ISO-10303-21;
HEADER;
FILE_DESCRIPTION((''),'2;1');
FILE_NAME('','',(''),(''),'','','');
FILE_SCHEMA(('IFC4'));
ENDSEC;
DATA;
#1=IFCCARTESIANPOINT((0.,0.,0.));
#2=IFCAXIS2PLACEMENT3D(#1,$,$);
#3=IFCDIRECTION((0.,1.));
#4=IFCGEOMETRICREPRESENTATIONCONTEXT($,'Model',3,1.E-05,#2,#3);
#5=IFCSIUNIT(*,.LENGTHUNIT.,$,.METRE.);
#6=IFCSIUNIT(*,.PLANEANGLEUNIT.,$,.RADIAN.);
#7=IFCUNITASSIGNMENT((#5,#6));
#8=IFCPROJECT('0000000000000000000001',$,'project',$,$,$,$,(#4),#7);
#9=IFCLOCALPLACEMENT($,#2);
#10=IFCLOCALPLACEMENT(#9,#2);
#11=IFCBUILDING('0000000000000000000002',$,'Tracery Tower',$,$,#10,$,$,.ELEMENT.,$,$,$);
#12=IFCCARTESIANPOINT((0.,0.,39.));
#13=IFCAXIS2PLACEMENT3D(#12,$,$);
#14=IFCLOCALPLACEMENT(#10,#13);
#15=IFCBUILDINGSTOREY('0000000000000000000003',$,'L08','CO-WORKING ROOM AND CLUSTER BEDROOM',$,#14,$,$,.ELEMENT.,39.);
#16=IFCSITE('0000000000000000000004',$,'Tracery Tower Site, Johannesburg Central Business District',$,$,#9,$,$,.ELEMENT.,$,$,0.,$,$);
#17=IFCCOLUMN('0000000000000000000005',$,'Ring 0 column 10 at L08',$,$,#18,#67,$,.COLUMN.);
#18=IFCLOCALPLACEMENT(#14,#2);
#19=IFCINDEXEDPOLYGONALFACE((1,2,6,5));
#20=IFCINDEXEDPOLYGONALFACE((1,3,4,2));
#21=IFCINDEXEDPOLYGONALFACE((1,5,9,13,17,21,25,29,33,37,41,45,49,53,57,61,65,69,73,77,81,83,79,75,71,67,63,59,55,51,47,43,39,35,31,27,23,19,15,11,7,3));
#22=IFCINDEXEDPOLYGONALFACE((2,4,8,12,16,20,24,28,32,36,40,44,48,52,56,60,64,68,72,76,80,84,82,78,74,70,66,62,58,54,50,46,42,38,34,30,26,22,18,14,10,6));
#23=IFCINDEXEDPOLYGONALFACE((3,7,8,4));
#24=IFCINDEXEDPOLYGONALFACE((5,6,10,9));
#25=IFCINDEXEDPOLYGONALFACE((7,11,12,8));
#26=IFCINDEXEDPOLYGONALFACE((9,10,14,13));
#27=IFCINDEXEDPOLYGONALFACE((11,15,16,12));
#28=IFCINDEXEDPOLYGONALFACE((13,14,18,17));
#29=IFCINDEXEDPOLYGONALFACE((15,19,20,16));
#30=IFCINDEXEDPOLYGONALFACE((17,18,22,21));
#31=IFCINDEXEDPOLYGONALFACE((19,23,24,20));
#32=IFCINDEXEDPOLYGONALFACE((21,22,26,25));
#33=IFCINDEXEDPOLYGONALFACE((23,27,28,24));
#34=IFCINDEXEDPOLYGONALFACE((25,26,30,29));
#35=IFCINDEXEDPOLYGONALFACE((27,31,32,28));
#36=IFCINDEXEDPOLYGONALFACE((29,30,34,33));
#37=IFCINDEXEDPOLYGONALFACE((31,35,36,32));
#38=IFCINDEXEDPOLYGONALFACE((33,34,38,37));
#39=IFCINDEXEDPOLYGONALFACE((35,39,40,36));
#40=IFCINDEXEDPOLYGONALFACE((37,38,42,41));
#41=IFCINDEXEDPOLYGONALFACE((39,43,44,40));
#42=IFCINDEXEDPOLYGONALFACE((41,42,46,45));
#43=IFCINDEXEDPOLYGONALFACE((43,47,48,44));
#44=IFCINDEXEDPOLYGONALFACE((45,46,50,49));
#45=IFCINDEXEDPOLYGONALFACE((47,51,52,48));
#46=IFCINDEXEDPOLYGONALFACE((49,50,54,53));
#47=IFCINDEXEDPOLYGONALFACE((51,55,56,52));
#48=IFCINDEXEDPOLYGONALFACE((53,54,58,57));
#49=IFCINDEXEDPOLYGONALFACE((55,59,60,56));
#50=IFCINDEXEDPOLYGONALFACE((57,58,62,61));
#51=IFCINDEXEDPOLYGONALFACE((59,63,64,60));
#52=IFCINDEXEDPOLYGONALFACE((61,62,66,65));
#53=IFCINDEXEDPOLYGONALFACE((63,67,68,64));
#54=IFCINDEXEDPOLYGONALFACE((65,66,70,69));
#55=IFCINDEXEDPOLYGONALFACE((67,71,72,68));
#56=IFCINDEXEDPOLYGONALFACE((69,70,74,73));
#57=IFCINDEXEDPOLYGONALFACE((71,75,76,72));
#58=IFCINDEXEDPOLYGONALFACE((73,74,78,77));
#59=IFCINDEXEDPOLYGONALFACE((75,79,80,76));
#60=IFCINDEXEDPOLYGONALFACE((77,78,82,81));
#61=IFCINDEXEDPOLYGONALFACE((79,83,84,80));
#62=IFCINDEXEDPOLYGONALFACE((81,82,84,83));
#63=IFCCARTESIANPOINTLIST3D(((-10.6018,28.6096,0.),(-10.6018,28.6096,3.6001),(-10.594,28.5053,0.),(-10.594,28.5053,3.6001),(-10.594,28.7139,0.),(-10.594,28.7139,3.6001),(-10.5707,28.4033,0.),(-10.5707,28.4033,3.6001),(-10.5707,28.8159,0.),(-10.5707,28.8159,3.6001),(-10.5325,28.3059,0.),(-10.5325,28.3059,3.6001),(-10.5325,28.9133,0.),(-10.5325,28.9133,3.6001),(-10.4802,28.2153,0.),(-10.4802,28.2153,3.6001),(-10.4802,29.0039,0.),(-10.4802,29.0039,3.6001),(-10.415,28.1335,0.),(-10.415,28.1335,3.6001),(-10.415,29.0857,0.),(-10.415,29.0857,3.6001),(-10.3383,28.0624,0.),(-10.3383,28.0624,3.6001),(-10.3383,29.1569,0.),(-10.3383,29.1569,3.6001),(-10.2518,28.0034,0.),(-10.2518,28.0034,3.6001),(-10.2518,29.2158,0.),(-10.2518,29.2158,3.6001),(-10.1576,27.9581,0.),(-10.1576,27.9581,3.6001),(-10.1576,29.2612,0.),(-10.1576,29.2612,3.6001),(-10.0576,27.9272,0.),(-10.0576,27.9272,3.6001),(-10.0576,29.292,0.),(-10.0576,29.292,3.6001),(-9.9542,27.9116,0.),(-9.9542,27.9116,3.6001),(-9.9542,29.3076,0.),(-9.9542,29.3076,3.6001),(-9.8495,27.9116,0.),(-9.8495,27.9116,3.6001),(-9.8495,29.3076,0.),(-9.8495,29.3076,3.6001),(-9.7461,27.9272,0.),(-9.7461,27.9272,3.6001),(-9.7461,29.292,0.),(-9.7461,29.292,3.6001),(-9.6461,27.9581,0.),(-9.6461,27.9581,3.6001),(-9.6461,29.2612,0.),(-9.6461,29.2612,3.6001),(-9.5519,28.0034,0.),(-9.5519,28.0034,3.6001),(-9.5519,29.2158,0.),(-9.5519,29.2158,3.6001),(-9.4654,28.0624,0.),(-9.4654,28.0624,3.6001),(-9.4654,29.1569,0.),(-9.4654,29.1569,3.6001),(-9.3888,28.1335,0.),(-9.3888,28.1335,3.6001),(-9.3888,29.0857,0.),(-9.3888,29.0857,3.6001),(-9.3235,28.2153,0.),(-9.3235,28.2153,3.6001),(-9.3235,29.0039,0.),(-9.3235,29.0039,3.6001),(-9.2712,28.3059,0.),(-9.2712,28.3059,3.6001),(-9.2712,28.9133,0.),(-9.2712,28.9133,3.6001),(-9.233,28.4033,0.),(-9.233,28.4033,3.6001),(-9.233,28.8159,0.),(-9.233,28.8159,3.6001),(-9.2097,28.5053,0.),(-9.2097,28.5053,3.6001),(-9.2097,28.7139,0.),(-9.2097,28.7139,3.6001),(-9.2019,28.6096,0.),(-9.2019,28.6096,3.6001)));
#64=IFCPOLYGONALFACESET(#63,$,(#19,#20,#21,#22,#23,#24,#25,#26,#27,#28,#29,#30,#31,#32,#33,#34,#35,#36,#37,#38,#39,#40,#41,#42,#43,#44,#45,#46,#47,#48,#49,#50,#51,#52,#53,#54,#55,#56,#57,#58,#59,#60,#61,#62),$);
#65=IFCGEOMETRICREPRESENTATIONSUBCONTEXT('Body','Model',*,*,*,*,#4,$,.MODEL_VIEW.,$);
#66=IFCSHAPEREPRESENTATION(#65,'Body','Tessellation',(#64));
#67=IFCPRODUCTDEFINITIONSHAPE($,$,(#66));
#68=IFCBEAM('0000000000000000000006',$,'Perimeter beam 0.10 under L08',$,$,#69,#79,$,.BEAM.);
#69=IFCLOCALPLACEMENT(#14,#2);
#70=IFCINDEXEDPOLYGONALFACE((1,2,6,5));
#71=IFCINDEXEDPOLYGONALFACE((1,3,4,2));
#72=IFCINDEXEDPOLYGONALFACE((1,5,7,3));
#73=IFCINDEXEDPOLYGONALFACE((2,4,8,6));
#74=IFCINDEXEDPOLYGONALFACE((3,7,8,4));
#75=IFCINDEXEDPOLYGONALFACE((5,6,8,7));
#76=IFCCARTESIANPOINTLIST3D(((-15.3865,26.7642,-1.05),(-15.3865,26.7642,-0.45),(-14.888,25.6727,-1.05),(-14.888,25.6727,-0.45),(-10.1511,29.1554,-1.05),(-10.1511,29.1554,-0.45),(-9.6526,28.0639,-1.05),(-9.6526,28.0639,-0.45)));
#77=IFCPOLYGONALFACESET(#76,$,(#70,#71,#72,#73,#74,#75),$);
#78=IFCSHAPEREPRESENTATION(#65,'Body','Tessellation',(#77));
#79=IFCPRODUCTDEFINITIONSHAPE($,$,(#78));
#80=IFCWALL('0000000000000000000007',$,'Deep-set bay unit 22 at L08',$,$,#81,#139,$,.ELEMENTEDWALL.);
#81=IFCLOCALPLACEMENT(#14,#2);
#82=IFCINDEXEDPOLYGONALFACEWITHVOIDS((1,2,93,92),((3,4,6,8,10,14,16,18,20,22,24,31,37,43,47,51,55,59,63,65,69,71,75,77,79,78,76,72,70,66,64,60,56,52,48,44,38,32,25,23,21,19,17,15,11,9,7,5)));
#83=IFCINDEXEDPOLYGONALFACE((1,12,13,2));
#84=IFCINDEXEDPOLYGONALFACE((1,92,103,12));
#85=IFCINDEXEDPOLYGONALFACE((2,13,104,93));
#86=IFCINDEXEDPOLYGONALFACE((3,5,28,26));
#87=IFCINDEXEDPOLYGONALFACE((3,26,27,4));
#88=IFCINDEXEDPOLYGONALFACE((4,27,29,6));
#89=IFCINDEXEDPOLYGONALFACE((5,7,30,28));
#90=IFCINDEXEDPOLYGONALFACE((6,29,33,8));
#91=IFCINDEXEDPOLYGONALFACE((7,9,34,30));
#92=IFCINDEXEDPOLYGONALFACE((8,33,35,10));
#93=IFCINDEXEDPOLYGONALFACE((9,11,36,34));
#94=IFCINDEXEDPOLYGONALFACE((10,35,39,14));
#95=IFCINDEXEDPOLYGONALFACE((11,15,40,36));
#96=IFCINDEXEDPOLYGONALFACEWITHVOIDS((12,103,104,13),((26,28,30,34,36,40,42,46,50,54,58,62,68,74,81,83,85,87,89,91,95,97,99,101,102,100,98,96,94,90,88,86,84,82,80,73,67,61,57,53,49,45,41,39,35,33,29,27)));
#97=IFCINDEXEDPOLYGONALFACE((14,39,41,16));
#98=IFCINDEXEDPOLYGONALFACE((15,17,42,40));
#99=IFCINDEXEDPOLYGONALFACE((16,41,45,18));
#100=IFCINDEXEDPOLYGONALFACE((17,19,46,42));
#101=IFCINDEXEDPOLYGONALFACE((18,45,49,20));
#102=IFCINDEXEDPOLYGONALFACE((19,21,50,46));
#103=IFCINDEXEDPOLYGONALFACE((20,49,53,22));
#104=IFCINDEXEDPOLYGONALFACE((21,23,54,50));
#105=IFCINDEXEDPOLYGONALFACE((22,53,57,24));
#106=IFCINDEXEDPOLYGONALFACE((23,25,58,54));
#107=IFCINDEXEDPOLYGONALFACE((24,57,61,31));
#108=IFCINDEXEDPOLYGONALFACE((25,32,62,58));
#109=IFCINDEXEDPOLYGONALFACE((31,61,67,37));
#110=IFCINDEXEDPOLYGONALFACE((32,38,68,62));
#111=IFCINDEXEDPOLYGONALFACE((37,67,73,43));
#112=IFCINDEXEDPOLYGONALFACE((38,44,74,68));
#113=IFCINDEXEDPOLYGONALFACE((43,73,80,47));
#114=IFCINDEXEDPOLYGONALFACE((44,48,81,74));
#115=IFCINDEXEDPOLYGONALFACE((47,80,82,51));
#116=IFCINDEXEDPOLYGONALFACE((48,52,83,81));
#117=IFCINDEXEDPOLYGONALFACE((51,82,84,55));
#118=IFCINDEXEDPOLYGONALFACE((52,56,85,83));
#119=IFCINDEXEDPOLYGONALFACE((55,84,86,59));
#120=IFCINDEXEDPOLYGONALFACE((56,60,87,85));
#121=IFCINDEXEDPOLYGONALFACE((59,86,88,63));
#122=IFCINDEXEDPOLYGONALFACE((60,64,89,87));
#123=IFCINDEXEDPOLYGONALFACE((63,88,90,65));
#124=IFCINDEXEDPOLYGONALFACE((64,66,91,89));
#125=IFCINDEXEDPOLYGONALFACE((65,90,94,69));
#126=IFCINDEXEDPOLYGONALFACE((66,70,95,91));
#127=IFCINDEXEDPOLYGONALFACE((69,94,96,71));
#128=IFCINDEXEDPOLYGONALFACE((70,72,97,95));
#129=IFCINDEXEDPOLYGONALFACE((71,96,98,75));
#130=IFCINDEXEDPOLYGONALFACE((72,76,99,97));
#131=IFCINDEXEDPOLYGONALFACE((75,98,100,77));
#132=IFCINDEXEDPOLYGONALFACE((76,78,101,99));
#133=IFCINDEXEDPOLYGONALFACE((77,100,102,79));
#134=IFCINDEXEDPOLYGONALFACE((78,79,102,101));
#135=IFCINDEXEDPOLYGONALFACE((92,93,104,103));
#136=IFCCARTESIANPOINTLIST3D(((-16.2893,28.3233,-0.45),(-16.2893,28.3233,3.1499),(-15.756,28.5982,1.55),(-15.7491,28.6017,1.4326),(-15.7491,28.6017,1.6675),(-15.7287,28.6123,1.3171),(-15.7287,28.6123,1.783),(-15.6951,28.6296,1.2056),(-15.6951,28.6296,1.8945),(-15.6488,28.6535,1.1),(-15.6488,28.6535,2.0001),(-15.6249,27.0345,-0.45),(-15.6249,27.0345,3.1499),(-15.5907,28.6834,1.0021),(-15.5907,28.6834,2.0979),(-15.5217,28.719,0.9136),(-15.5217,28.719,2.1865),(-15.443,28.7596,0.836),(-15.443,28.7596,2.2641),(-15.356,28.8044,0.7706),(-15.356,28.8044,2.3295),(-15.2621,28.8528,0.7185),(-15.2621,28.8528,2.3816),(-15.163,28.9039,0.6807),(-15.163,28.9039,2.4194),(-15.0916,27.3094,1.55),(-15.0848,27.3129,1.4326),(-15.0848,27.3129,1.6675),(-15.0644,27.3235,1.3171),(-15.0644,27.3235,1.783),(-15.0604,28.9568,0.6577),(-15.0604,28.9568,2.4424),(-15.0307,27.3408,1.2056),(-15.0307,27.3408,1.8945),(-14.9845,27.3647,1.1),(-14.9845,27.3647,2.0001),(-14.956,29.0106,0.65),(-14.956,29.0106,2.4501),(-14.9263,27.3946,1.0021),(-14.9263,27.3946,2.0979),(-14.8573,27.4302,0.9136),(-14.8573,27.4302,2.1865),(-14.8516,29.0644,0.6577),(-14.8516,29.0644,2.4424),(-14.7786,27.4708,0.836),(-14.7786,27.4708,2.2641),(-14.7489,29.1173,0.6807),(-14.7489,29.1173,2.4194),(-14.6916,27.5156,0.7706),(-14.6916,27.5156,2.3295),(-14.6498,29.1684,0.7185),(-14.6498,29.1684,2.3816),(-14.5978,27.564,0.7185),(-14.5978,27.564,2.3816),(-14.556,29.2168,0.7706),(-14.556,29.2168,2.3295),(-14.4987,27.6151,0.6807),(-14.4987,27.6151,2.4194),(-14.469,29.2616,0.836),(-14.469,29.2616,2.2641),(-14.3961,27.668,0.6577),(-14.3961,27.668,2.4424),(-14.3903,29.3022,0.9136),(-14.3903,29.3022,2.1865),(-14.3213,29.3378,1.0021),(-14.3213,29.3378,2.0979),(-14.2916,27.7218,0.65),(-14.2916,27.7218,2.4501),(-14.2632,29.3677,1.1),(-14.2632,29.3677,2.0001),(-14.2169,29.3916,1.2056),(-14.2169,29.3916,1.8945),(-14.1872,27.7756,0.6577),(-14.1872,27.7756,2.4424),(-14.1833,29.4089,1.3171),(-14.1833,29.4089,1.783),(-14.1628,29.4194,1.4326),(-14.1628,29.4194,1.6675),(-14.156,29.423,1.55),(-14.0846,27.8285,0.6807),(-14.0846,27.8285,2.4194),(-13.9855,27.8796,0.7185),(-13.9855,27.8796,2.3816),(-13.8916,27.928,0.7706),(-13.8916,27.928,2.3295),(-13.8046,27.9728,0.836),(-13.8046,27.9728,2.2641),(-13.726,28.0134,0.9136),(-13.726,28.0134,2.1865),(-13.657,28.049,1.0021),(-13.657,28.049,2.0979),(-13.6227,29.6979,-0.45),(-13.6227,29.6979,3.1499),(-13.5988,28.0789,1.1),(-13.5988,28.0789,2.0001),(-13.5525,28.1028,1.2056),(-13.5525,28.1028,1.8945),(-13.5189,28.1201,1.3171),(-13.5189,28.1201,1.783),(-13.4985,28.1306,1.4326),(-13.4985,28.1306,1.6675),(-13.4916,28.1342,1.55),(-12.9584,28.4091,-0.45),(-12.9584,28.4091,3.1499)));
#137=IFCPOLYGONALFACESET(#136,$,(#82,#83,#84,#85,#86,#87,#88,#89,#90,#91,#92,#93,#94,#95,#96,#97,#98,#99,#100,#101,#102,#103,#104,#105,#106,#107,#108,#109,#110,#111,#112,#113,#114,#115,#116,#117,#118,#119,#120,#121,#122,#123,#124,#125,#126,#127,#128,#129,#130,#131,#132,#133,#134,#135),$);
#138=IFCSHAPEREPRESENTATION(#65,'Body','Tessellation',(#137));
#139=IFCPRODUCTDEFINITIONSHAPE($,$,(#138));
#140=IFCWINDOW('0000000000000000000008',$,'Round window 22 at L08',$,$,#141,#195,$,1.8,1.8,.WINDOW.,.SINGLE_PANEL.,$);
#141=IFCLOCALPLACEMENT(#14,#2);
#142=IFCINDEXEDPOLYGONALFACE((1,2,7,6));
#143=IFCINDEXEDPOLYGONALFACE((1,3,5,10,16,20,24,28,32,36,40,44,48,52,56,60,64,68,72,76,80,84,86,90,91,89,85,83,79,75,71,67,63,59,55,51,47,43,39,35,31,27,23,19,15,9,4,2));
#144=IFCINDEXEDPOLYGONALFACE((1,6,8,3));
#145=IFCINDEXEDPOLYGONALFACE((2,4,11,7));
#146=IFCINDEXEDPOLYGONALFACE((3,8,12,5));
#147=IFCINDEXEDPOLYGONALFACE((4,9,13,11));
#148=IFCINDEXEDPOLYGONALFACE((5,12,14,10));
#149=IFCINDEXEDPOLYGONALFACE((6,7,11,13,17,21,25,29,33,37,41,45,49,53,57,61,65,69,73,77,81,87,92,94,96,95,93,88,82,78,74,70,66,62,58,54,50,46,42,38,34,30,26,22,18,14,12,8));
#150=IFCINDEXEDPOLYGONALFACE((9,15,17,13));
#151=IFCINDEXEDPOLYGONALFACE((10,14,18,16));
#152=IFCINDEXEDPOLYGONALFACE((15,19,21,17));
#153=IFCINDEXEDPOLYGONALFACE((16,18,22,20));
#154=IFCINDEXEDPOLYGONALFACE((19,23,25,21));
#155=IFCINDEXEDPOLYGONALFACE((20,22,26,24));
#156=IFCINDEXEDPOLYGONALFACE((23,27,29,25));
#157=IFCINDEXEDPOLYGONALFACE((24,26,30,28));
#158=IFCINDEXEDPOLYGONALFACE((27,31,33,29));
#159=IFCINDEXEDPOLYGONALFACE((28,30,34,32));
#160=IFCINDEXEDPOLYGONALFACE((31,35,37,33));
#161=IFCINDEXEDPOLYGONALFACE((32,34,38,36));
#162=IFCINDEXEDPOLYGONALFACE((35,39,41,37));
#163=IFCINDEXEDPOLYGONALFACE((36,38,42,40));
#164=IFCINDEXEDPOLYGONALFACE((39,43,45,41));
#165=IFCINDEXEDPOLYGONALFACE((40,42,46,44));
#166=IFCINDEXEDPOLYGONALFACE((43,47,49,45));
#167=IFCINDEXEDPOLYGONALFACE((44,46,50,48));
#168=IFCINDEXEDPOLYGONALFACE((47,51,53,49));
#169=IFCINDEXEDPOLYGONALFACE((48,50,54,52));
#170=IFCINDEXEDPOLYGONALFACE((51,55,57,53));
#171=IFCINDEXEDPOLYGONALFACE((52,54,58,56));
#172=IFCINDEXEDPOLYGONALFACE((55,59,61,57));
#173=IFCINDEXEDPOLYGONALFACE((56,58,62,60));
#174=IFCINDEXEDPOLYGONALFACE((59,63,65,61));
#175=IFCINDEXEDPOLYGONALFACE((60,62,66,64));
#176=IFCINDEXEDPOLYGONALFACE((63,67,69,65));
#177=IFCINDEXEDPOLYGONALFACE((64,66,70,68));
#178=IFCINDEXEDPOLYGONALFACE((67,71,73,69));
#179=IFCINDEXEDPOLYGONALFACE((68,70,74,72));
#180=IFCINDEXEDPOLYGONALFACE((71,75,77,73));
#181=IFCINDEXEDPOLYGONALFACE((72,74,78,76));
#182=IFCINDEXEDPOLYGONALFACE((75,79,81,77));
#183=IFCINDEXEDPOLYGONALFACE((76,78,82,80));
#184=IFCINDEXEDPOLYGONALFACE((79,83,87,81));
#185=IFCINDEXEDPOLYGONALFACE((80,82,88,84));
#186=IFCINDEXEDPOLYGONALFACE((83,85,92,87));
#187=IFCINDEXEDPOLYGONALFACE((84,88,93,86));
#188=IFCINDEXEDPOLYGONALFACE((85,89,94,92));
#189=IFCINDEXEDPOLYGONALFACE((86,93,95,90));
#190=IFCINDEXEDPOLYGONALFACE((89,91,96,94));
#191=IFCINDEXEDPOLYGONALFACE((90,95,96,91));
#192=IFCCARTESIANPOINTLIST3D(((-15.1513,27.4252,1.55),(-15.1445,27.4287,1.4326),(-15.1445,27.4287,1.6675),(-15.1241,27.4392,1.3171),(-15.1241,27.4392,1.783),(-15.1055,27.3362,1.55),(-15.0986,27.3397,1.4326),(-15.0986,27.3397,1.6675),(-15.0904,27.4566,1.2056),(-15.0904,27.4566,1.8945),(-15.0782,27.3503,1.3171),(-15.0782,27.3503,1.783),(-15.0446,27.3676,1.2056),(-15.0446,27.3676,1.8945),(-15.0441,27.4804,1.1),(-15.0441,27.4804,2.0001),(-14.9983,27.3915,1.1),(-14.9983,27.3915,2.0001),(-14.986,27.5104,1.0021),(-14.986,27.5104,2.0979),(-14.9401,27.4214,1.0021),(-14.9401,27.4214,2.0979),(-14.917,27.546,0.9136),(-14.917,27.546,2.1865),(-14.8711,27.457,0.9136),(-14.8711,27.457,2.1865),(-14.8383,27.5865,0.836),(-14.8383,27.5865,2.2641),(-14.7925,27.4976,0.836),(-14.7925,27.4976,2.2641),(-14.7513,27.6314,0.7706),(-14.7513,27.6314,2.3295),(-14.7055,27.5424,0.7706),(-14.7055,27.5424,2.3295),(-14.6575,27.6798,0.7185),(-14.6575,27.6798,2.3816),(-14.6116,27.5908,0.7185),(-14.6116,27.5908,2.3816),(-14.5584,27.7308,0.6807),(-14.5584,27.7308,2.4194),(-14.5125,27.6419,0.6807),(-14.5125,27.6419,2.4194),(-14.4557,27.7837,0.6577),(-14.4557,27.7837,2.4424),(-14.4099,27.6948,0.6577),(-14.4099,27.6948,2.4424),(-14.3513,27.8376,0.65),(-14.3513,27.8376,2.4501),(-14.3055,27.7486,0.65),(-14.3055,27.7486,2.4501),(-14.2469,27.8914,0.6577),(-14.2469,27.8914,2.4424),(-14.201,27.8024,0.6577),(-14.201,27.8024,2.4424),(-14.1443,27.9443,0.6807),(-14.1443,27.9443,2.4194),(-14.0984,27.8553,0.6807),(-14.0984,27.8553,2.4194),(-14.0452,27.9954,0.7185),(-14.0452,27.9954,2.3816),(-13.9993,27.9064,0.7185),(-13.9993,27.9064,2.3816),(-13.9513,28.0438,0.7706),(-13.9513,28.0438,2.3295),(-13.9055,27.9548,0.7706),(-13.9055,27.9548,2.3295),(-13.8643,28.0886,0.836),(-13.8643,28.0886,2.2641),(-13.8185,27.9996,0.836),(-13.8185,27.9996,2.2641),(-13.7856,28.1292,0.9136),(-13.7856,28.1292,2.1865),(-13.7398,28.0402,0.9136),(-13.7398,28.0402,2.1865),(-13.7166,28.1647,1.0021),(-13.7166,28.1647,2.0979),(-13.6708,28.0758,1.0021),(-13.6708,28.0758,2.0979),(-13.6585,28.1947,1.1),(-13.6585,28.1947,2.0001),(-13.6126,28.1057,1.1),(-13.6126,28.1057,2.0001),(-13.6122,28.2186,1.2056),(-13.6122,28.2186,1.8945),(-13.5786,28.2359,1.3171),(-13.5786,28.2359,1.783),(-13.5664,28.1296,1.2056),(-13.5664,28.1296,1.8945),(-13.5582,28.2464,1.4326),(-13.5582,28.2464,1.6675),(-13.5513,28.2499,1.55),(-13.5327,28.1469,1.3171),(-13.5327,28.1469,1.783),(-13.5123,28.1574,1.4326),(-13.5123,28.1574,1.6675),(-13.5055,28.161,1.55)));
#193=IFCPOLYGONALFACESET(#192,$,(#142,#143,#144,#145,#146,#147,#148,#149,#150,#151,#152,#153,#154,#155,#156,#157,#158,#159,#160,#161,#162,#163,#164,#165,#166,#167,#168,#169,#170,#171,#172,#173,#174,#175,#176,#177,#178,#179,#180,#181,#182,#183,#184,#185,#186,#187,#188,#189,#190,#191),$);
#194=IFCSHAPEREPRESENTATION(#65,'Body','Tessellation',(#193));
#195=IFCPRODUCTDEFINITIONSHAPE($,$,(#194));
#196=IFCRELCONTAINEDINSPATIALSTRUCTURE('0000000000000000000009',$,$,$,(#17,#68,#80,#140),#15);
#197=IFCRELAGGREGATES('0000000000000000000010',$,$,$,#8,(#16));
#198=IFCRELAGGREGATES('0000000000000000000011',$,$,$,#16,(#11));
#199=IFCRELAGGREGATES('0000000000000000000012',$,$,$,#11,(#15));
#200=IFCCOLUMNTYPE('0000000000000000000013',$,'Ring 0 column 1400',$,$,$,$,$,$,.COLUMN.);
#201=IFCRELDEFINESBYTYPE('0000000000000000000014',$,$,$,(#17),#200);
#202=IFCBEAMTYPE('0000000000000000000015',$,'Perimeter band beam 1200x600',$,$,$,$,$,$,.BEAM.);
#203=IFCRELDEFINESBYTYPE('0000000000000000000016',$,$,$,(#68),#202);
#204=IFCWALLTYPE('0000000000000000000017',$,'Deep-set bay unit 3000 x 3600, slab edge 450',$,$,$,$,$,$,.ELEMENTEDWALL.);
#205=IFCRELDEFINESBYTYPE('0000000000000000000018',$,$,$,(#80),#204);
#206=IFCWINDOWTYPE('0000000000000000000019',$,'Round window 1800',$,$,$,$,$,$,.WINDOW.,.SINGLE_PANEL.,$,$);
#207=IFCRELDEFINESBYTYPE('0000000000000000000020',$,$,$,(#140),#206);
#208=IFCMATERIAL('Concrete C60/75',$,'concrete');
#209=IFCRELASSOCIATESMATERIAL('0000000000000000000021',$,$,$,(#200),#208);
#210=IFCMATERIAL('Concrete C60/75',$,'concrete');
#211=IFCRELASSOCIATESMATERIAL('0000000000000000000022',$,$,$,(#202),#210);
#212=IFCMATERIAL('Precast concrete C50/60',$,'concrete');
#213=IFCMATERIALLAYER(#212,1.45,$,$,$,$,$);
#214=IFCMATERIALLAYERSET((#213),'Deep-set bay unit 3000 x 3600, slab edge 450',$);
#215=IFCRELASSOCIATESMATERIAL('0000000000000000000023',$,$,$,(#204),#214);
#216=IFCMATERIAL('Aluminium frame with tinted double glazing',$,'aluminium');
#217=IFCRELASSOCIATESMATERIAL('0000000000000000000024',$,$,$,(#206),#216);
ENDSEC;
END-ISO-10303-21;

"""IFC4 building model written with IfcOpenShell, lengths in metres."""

from ifc_helpers import new_model, si_unit, direction, frame, frame_2d, origin, origin_2d, place, context, subcontext, project, spatial, rectangle, circle, extrude, material, layer, layer_set, material_profile, profile_set, type_object, element, fill, save


model = new_model("IFC4")

# Units and contexts
model_context = context("Model", 3, precision=1e-05, world=origin(), true_north=direction((0.0, 1.0)))
body_context = subcontext(model_context, "Body", "Model", "MODEL_VIEW")
ifc_project = project(units=[si_unit("LENGTHUNIT", "METRE"), si_unit("PLANEANGLEUNIT", "RADIAN")], contexts=[model_context])

# Site, building, storey
site_placement = place(None, origin())
site = spatial("IfcSite", under=ifc_project, at=site_placement, Name="Tracery Tower Site, Johannesburg Central Business District", CompositionType="ELEMENT", RefElevation=0.0)
building_placement = place(site_placement, origin())
building = spatial("IfcBuilding", under=site, at=building_placement, Name="Tracery Tower", CompositionType="ELEMENT")
storey_placement = place(building_placement, frame((0.0, 0.0, 39.0)))
storey = spatial("IfcBuildingStorey", under=building, at=storey_placement, Name="L08", Description="CO-WORKING ROOM AND CLUSTER BEDROOM", CompositionType="ELEMENT", Elevation=39.0)

# Column
ifc_material_1 = material(Name="Concrete C60/75", Category="concrete")
ifc_material_profile_1 = material_profile(ifc_material_1, circle(Radius=0.7, at=origin_2d()), Name="RC D1400")
ifc_profile_set_1 = profile_set([ifc_material_profile_1], Name="Concrete C60/75")
column_type = type_object("IfcColumnType", Name="Ring 0 column 1400", PredefinedType="COLUMN", material=ifc_profile_set_1)
column_placement = place(storey_placement, frame((-9.9019, 28.6096, 0.0), z_axis=(0.0, 0.0, 1.0), x_axis=(1.0, 0.0, 0.0)))
element("IfcColumn", 1, at=column_placement, inside=storey, type_object=column_type, Name="Ring 0 column 10 at L08", PredefinedType="COLUMN", context=body_context, shape_type="SweptSolid", body=[
    extrude(circle(Radius=0.7, at=origin_2d()), origin(), (0.0, 0.0, 1.0), 3.6001),
])

# Beam
ifc_material_2 = material(Name="Concrete C60/75", Category="concrete")
ifc_material_profile_2 = material_profile(ifc_material_2, rectangle(XDim=1.2, YDim=0.6001, at=origin_2d()), Name="RC 1200x600")
ifc_profile_set_2 = profile_set([ifc_material_profile_2], Name="Concrete C60/75")
beam_type = type_object("IfcBeamType", Name="Perimeter band beam 1200x600", PredefinedType="BEAM", material=ifc_profile_set_2)
beam_placement = place(storey_placement, frame((-9.9019, 28.6096, -0.75), z_axis=(-0.909618, -0.415445, 0.0), x_axis=(0.415445, -0.909618, 0.0)))
element("IfcBeam", 2, at=beam_placement, inside=storey, type_object=beam_type, Name="Perimeter beam 0.10 under L08", PredefinedType="BEAM", context=body_context, shape_type="SweptSolid", body=[
    extrude(rectangle(XDim=1.2, YDim=0.6001, at=origin_2d()), origin(), (0.0, 0.0, 1.0), 5.7556),
])

# Wall, opening, window
ifc_material_3 = material(Name="Precast concrete C50/60", Category="concrete")
ifc_layer_1 = layer(ifc_material_3, 1.45)
ifc_layer_set_1 = layer_set([ifc_layer_1], Name="Deep-set bay unit 3000 x 3600, slab edge 450")
wall_type_1 = type_object("IfcWallType", Name="Deep-set bay unit 3000 x 3600, slab edge 450", PredefinedType="ELEMENTEDWALL", material=ifc_layer_set_1)
wall_1_placement = place(storey_placement, frame((-13.2905, 29.0535, -0.45), z_axis=(0.0, 0.0, 1.0), x_axis=(-0.888858, -0.458183, 0.0)))
wall_1 = element("IfcWall", 3, at=wall_1_placement, inside=storey, type_object=wall_type_1, Name="Deep-set bay unit 22 at L08", PredefinedType="ELEMENTEDWALL", context=body_context, shape_type="SweptSolid", body=[
    extrude(rectangle(XDim=3.0, YDim=1.45, at=frame_2d((1.5, 0.0))), origin(), (0.0, 0.0, 1.0), 3.5999),
])
opening_1_placement = place(wall_1_placement, frame((1.5, 0.0, 2.0)))
opening_1 = element("IfcOpeningElement", 4, at=opening_1_placement, cuts=wall_1, PredefinedType="OPENING", context=body_context, shape_type="SweptSolid", body=[
    extrude(circle(Radius=0.9, at=origin_2d()), frame((0.0, 0.7349, 0.0), z_axis=(0.0, -1.0, 0.0), x_axis=(1.0, 0.0, 0.0)), (0.0, 0.0, 1.0), 1.47),
])
ifc_material_4 = material(Name="Aluminium frame with tinted double glazing", Category="aluminium")
window_type = type_object("IfcWindowType", Name="Round window 1800", PartitioningType="SINGLE_PANEL", PredefinedType="WINDOW", material=ifc_material_4)
window_1_placement = place(opening_1_placement, origin())
window_1 = element("IfcWindow", 5, at=window_1_placement, inside=storey, type_object=window_type, Name="Round window 22 at L08", OverallHeight=1.8, OverallWidth=1.8, PartitioningType="SINGLE_PANEL", PredefinedType="WINDOW", context=body_context, shape_type="SweptSolid", body=[
    extrude(circle(Radius=0.9, at=origin_2d()), frame((0.0, 0.6948, 0.0), z_axis=(0.0, -1.0, 0.0), x_axis=(1.0, 0.0, 0.0)), (0.0, 0.0, 1.0), 0.1001),
])
fill(opening_1, window_1)

save(model, "model.ifc")
